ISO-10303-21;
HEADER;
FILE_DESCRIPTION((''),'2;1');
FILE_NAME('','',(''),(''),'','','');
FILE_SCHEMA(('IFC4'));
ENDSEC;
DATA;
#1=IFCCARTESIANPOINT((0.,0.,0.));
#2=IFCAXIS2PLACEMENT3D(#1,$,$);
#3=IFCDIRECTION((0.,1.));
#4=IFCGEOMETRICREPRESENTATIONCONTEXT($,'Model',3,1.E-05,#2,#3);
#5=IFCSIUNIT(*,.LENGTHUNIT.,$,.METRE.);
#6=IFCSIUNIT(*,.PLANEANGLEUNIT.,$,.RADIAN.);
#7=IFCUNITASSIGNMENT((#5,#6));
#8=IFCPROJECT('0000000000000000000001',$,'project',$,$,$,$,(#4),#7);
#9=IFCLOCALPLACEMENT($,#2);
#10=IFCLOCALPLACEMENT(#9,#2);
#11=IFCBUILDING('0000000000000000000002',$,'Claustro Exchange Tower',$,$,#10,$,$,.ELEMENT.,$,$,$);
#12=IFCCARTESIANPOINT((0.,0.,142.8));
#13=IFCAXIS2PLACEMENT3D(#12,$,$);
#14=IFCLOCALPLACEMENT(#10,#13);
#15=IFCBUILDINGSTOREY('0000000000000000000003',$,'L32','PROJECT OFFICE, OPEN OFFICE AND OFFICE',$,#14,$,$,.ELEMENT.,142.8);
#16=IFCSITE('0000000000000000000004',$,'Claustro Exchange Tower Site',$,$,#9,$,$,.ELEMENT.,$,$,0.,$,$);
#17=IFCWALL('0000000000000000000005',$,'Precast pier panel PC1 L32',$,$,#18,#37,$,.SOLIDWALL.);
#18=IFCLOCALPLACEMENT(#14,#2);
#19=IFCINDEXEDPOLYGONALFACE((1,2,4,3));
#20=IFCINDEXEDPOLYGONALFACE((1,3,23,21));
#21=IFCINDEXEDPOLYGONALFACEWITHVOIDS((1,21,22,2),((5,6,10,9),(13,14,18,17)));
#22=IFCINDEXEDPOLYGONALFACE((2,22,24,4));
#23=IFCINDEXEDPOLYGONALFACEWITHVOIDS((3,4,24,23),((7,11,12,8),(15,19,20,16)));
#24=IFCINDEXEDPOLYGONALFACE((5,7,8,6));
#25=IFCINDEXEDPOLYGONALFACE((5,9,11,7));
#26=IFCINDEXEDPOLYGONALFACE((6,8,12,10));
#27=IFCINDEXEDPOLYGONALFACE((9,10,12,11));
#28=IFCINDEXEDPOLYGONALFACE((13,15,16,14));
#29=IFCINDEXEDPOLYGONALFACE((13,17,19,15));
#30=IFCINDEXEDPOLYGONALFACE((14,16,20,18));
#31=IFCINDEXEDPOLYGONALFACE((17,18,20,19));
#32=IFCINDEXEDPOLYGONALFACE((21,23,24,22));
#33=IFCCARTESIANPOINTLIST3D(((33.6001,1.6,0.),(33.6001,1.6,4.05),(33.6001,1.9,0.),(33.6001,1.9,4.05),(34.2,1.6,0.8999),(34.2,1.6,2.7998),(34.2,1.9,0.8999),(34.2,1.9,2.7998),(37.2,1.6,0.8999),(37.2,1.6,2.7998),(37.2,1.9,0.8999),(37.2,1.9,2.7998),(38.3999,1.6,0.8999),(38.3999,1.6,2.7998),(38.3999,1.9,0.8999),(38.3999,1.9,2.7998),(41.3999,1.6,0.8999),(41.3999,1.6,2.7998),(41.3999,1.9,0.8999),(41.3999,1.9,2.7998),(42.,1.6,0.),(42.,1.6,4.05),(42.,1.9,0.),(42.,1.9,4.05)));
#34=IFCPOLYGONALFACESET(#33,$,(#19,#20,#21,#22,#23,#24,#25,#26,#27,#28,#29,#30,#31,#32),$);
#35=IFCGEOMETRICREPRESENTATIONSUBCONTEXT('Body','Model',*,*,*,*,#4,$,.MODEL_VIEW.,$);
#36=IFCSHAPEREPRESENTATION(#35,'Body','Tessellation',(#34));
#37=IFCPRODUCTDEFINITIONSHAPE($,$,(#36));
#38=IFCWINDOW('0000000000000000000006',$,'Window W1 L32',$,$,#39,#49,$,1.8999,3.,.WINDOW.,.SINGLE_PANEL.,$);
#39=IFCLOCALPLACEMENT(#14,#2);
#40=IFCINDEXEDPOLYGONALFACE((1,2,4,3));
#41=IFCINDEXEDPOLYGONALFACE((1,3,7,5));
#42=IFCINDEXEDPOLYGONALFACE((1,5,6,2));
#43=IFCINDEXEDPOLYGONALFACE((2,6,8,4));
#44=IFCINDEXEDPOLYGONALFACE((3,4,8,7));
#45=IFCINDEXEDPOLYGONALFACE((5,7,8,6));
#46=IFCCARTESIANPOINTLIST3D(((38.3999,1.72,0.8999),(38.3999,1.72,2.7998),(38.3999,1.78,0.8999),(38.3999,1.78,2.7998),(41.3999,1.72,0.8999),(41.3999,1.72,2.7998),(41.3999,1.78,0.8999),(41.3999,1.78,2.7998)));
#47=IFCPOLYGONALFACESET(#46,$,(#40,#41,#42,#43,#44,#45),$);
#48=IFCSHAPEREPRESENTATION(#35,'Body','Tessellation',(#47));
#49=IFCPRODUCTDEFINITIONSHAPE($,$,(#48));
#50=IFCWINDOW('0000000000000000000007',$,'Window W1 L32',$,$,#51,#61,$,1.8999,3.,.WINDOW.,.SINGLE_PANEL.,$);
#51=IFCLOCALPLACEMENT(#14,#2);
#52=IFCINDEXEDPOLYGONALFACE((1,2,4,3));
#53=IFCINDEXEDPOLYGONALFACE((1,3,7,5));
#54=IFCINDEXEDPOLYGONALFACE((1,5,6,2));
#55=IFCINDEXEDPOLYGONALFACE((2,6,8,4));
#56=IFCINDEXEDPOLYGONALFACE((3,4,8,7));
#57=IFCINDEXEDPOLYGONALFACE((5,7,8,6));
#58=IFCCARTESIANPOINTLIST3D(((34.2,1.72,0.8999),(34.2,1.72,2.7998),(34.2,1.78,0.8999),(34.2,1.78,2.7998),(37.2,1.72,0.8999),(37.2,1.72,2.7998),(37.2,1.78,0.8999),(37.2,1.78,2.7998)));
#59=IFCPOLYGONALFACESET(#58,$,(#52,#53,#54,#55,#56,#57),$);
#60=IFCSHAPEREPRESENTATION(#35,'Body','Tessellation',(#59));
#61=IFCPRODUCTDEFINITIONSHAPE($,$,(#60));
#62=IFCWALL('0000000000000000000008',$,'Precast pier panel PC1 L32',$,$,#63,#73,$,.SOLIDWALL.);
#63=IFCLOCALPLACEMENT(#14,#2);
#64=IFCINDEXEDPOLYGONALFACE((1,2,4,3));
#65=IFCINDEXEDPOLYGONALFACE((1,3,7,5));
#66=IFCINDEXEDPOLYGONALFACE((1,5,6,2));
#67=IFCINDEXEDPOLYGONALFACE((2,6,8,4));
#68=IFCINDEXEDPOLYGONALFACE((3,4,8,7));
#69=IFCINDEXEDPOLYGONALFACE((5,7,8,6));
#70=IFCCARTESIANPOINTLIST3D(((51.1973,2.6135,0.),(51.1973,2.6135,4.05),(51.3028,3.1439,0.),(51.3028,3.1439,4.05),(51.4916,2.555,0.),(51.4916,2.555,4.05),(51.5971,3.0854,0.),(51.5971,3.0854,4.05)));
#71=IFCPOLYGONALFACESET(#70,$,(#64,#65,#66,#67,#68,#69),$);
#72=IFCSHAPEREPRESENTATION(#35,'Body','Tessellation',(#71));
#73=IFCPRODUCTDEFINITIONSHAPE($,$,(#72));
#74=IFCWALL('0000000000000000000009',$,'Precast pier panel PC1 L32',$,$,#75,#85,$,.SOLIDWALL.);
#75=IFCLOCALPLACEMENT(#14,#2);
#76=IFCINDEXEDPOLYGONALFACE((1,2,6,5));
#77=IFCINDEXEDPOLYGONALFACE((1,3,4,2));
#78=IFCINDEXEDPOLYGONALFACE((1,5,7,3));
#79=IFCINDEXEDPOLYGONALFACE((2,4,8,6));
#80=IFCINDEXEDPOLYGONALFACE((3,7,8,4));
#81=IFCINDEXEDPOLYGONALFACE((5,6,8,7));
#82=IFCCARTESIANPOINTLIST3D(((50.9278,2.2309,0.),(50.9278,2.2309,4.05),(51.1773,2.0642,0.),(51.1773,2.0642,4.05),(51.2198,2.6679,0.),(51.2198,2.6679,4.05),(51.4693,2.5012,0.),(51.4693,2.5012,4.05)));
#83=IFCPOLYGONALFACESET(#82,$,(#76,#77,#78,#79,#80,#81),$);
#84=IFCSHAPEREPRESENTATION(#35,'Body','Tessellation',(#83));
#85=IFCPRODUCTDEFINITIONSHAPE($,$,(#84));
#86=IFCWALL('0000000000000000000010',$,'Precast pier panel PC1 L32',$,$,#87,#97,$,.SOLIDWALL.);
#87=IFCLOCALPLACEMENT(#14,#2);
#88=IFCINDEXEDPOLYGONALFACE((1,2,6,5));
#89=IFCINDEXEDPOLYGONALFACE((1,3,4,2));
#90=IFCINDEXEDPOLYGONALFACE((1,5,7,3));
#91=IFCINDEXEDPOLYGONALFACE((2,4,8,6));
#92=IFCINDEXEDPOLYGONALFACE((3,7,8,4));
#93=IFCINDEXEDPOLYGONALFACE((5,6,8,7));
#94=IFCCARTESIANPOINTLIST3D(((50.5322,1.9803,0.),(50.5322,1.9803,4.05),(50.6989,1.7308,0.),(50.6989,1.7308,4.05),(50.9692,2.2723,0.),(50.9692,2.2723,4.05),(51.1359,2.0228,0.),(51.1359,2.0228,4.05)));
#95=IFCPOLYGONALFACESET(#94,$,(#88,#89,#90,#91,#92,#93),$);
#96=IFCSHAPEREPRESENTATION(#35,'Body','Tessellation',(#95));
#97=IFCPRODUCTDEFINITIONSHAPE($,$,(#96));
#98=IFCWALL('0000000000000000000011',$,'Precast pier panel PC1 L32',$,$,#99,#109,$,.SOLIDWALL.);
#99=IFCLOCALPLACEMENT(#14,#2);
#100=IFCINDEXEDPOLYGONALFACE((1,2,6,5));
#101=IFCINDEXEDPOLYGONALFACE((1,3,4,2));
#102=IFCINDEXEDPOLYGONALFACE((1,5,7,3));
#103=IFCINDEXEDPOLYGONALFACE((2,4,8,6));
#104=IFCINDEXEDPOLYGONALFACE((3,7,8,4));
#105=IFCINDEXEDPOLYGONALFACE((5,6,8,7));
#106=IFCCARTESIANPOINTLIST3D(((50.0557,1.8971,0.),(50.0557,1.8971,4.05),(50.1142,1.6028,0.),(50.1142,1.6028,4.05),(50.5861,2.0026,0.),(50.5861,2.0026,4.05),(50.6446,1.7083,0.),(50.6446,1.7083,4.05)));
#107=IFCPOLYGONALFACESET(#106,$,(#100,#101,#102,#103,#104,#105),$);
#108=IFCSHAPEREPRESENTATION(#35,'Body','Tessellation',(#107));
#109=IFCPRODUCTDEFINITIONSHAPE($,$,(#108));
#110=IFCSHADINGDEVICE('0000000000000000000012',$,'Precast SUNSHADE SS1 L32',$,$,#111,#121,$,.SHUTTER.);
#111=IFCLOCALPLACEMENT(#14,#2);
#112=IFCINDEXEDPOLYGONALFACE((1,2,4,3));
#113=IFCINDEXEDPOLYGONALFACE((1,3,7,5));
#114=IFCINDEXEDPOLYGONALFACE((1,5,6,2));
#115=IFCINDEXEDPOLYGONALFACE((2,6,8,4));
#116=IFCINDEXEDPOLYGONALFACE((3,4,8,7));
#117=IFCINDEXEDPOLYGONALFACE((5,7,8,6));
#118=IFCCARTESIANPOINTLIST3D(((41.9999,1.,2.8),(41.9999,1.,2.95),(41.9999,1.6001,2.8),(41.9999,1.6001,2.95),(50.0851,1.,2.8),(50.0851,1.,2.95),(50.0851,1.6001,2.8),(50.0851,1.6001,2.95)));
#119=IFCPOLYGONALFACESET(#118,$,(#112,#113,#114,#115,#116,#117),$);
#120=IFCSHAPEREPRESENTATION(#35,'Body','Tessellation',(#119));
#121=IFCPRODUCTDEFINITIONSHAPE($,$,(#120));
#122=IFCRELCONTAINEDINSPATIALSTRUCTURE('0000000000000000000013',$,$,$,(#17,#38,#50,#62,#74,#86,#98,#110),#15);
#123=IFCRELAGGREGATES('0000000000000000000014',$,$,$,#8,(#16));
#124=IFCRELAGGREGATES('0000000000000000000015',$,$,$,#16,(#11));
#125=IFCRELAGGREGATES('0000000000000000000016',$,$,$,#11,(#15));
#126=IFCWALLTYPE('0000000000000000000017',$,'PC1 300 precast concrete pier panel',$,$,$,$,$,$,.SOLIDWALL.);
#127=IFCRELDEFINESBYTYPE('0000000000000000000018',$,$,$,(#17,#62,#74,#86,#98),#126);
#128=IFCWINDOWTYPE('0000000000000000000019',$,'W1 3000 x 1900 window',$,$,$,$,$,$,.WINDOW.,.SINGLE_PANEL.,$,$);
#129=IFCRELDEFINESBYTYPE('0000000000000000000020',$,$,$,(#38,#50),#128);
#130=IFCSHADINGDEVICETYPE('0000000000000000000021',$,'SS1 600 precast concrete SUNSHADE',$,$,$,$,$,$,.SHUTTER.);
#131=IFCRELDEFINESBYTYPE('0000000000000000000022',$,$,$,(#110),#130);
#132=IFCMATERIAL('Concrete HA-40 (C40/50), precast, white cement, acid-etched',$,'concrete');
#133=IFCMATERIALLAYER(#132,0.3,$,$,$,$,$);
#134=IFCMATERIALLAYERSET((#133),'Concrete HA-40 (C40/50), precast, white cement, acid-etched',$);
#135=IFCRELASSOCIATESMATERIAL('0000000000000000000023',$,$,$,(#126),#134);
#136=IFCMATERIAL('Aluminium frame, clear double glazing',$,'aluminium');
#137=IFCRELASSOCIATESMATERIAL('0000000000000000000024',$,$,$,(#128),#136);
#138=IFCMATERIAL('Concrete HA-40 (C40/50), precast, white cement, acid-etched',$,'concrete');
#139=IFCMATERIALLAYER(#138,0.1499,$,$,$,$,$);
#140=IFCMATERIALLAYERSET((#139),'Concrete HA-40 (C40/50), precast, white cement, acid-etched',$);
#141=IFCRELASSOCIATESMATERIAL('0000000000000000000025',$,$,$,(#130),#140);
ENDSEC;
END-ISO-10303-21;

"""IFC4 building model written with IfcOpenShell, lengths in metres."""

from ifc_helpers import new_model, si_unit, direction, frame, frame_2d, origin, origin_2d, place, context, subcontext, project, spatial, rectangle, extrude, material, layer, layer_set, type_object, element, fill, save


model = new_model("IFC4")

# Units and contexts
model_context = context("Model", 3, precision=1e-05, world=origin(), true_north=direction((0.0, 1.0)))
body_context = subcontext(model_context, "Body", "Model", "MODEL_VIEW")
ifc_project = project(units=[si_unit("LENGTHUNIT", "METRE"), si_unit("PLANEANGLEUNIT", "RADIAN")], contexts=[model_context])

# Site, building, storey
site_placement = place(None, origin())
site = spatial("IfcSite", under=ifc_project, at=site_placement, Name="Claustro Exchange Tower Site", CompositionType="ELEMENT", RefElevation=0.0)
building_placement = place(site_placement, origin())
building = spatial("IfcBuilding", under=site, at=building_placement, Name="Claustro Exchange Tower", CompositionType="ELEMENT")
storey_placement = place(building_placement, frame((0.0, 0.0, 142.8)))
storey = spatial("IfcBuildingStorey", under=building, at=storey_placement, Name="L32", Description="PROJECT OFFICE, OPEN OFFICE AND OFFICE", CompositionType="ELEMENT", Elevation=142.8)

# Wall, openings, windows
ifc_material_1 = material(Name="Concrete HA-40 (C40/50), precast, white cement, acid-etched", Category="concrete")
ifc_layer_1 = layer(ifc_material_1, 0.3)
ifc_layer_set_1 = layer_set([ifc_layer_1], Name="Concrete HA-40 (C40/50), precast, white cement, acid-etched")
wall_type_1 = type_object("IfcWallType", Name="PC1 300 precast concrete pier panel", PredefinedType="SOLIDWALL", material=ifc_layer_set_1)
ifc_material_2 = material(Name="Aluminium frame, clear double glazing", Category="aluminium")
window_type = type_object("IfcWindowType", Name="W1 3000 x 1900 window", PartitioningType="SINGLE_PANEL", PredefinedType="WINDOW", material=ifc_material_2)
wall_1_placement = place(storey_placement, frame((42.0, 1.75, 0.0), z_axis=(0.0, 0.0, 1.0), x_axis=(-1.0, 0.0, 0.0)))
wall_1 = element("IfcWall", 1, at=wall_1_placement, inside=storey, type_object=wall_type_1, Name="Precast pier panel PC1 L32", PredefinedType="SOLIDWALL", context=body_context, shape_type="SweptSolid", body=[
    extrude(rectangle(XDim=8.3999, YDim=0.3, at=frame_2d((4.2, 0.0))), origin(), (0.0, 0.0, 1.0), 4.05),
])
opening_1_placement = place(wall_1_placement, frame((0.6001, 0.0, 0.8999)))
opening_1 = element("IfcOpeningElement", 2, at=opening_1_placement, cuts=wall_1, PredefinedType="OPENING", context=body_context, shape_type="SweptSolid", body=[
    extrude(rectangle(XDim=3.0, YDim=1.8999, at=frame_2d((1.5, 0.95))), frame((0.0, 0.1599, 0.0), z_axis=(0.0, -1.0, 0.0), x_axis=(1.0, 0.0, 0.0)), (0.0, 0.0, 1.0), 0.3201),
])
opening_2_placement = place(wall_1_placement, frame((4.8, 0.0, 0.8999)))
opening_2 = element("IfcOpeningElement", 3, at=opening_2_placement, cuts=wall_1, PredefinedType="OPENING", context=body_context, shape_type="SweptSolid", body=[
    extrude(rectangle(XDim=3.0, YDim=1.8999, at=frame_2d((1.5, 0.95))), frame((0.0, 0.1599, 0.0), z_axis=(0.0, -1.0, 0.0), x_axis=(1.0, 0.0, 0.0)), (0.0, 0.0, 1.0), 0.3201),
])
window_1_placement = place(opening_1_placement, origin())
window_1 = element("IfcWindow", 4, at=window_1_placement, inside=storey, type_object=window_type, Name="Window W1 L32", OverallHeight=1.8999, OverallWidth=3.0, PartitioningType="SINGLE_PANEL", PredefinedType="WINDOW", context=body_context, shape_type="SweptSolid", body=[
    extrude(rectangle(XDim=3.0, YDim=1.8999, at=frame_2d((1.5, 0.95))), frame((0.0, 0.03, 0.0), z_axis=(0.0, -1.0, 0.0), x_axis=(1.0, 0.0, 0.0)), (0.0, 0.0, 1.0), 0.0601),
])
fill(opening_1, window_1)
window_2_placement = place(opening_2_placement, origin())
window_2 = element("IfcWindow", 5, at=window_2_placement, inside=storey, type_object=window_type, Name="Window W1 L32", OverallHeight=1.8999, OverallWidth=3.0, PartitioningType="SINGLE_PANEL", PredefinedType="WINDOW", context=body_context, shape_type="SweptSolid", body=[
    extrude(rectangle(XDim=3.0, YDim=1.8999, at=frame_2d((1.5, 0.95))), frame((0.0, 0.03, 0.0), z_axis=(0.0, -1.0, 0.0), x_axis=(1.0, 0.0, 0.0)), (0.0, 0.0, 1.0), 0.0601),
])
fill(opening_2, window_2)

# Walls
wall_2_placement = place(storey_placement, frame((51.45, 3.1147, 0.0), z_axis=(0.0, 0.0, 1.0), x_axis=(-0.195074, -0.980789, 0.0)))
element("IfcWall", 6, at=wall_2_placement, inside=storey, type_object=wall_type_1, Name="Precast pier panel PC1 L32", PredefinedType="SOLIDWALL", context=body_context, shape_type="SweptSolid", body=[
    extrude(rectangle(XDim=0.5408, YDim=0.3, at=frame_2d((0.2705, 0.0))), origin(), (0.0, 0.0, 1.0), 4.05),
])
for number, where, z_axis, x_axis, name in (
    (7, (51.3445, 2.5845, 0.0), (0.0, 0.0, 1.0), (-0.555557, -0.831478, 0.0), "Precast pier panel PC1 L32"),
    (8, (51.0525, 2.1475, 0.0), (0.0, 0.0, 1.0), (-0.831478, -0.555557, 0.0), "Precast pier panel PC1 L32"),
):
    element("IfcWall", number, at=place(storey_placement, frame(where, z_axis=z_axis, x_axis=x_axis)), inside=storey, type_object=wall_type_1, Name=name, PredefinedType="SOLIDWALL", context=body_context, shape_type="SweptSolid", body=[
        extrude(rectangle(XDim=0.5256, YDim=0.3, at=frame_2d((0.2627, 0.0))), origin(), (0.0, 0.0, 1.0), 4.05),
    ])
wall_3_placement = place(storey_placement, frame((50.6155, 1.8555, 0.0), z_axis=(0.0, 0.0, 1.0), x_axis=(-0.980789, -0.195074, 0.0)))
element("IfcWall", 9, at=wall_3_placement, inside=storey, type_object=wall_type_1, Name="Precast pier panel PC1 L32", PredefinedType="SOLIDWALL", context=body_context, shape_type="SweptSolid", body=[
    extrude(rectangle(XDim=0.5408, YDim=0.3, at=frame_2d((0.2705, 0.0))), origin(), (0.0, 0.0, 1.0), 4.05),
])

# Shading device
ifc_material_3 = material(Name="Concrete HA-40 (C40/50), precast, white cement, acid-etched", Category="concrete")
ifc_layer_2 = layer(ifc_material_3, 0.1499)
ifc_layer_set_2 = layer_set([ifc_layer_2], Name="Concrete HA-40 (C40/50), precast, white cement, acid-etched")
shading_device_type = type_object("IfcShadingDeviceType", Name="SS1 600 precast concrete SUNSHADE", PredefinedType="SHUTTER", material=ifc_layer_set_2)
shading_device_placement = place(storey_placement, frame((46.0425, 1.3, 2.8), z_axis=(0.0, 0.0, 1.0), x_axis=(-1.0, 0.0, 0.0)))
element("IfcShadingDevice", 10, at=shading_device_placement, inside=storey, type_object=shading_device_type, Name="Precast SUNSHADE SS1 L32", PredefinedType="SHUTTER", context=body_context, shape_type="SweptSolid", body=[
    extrude(rectangle(XDim=8.0852, YDim=0.6001, at=origin_2d()), origin(), (0.0, 0.0, 1.0), 0.1499),
])

save(model, "model.ifc")
